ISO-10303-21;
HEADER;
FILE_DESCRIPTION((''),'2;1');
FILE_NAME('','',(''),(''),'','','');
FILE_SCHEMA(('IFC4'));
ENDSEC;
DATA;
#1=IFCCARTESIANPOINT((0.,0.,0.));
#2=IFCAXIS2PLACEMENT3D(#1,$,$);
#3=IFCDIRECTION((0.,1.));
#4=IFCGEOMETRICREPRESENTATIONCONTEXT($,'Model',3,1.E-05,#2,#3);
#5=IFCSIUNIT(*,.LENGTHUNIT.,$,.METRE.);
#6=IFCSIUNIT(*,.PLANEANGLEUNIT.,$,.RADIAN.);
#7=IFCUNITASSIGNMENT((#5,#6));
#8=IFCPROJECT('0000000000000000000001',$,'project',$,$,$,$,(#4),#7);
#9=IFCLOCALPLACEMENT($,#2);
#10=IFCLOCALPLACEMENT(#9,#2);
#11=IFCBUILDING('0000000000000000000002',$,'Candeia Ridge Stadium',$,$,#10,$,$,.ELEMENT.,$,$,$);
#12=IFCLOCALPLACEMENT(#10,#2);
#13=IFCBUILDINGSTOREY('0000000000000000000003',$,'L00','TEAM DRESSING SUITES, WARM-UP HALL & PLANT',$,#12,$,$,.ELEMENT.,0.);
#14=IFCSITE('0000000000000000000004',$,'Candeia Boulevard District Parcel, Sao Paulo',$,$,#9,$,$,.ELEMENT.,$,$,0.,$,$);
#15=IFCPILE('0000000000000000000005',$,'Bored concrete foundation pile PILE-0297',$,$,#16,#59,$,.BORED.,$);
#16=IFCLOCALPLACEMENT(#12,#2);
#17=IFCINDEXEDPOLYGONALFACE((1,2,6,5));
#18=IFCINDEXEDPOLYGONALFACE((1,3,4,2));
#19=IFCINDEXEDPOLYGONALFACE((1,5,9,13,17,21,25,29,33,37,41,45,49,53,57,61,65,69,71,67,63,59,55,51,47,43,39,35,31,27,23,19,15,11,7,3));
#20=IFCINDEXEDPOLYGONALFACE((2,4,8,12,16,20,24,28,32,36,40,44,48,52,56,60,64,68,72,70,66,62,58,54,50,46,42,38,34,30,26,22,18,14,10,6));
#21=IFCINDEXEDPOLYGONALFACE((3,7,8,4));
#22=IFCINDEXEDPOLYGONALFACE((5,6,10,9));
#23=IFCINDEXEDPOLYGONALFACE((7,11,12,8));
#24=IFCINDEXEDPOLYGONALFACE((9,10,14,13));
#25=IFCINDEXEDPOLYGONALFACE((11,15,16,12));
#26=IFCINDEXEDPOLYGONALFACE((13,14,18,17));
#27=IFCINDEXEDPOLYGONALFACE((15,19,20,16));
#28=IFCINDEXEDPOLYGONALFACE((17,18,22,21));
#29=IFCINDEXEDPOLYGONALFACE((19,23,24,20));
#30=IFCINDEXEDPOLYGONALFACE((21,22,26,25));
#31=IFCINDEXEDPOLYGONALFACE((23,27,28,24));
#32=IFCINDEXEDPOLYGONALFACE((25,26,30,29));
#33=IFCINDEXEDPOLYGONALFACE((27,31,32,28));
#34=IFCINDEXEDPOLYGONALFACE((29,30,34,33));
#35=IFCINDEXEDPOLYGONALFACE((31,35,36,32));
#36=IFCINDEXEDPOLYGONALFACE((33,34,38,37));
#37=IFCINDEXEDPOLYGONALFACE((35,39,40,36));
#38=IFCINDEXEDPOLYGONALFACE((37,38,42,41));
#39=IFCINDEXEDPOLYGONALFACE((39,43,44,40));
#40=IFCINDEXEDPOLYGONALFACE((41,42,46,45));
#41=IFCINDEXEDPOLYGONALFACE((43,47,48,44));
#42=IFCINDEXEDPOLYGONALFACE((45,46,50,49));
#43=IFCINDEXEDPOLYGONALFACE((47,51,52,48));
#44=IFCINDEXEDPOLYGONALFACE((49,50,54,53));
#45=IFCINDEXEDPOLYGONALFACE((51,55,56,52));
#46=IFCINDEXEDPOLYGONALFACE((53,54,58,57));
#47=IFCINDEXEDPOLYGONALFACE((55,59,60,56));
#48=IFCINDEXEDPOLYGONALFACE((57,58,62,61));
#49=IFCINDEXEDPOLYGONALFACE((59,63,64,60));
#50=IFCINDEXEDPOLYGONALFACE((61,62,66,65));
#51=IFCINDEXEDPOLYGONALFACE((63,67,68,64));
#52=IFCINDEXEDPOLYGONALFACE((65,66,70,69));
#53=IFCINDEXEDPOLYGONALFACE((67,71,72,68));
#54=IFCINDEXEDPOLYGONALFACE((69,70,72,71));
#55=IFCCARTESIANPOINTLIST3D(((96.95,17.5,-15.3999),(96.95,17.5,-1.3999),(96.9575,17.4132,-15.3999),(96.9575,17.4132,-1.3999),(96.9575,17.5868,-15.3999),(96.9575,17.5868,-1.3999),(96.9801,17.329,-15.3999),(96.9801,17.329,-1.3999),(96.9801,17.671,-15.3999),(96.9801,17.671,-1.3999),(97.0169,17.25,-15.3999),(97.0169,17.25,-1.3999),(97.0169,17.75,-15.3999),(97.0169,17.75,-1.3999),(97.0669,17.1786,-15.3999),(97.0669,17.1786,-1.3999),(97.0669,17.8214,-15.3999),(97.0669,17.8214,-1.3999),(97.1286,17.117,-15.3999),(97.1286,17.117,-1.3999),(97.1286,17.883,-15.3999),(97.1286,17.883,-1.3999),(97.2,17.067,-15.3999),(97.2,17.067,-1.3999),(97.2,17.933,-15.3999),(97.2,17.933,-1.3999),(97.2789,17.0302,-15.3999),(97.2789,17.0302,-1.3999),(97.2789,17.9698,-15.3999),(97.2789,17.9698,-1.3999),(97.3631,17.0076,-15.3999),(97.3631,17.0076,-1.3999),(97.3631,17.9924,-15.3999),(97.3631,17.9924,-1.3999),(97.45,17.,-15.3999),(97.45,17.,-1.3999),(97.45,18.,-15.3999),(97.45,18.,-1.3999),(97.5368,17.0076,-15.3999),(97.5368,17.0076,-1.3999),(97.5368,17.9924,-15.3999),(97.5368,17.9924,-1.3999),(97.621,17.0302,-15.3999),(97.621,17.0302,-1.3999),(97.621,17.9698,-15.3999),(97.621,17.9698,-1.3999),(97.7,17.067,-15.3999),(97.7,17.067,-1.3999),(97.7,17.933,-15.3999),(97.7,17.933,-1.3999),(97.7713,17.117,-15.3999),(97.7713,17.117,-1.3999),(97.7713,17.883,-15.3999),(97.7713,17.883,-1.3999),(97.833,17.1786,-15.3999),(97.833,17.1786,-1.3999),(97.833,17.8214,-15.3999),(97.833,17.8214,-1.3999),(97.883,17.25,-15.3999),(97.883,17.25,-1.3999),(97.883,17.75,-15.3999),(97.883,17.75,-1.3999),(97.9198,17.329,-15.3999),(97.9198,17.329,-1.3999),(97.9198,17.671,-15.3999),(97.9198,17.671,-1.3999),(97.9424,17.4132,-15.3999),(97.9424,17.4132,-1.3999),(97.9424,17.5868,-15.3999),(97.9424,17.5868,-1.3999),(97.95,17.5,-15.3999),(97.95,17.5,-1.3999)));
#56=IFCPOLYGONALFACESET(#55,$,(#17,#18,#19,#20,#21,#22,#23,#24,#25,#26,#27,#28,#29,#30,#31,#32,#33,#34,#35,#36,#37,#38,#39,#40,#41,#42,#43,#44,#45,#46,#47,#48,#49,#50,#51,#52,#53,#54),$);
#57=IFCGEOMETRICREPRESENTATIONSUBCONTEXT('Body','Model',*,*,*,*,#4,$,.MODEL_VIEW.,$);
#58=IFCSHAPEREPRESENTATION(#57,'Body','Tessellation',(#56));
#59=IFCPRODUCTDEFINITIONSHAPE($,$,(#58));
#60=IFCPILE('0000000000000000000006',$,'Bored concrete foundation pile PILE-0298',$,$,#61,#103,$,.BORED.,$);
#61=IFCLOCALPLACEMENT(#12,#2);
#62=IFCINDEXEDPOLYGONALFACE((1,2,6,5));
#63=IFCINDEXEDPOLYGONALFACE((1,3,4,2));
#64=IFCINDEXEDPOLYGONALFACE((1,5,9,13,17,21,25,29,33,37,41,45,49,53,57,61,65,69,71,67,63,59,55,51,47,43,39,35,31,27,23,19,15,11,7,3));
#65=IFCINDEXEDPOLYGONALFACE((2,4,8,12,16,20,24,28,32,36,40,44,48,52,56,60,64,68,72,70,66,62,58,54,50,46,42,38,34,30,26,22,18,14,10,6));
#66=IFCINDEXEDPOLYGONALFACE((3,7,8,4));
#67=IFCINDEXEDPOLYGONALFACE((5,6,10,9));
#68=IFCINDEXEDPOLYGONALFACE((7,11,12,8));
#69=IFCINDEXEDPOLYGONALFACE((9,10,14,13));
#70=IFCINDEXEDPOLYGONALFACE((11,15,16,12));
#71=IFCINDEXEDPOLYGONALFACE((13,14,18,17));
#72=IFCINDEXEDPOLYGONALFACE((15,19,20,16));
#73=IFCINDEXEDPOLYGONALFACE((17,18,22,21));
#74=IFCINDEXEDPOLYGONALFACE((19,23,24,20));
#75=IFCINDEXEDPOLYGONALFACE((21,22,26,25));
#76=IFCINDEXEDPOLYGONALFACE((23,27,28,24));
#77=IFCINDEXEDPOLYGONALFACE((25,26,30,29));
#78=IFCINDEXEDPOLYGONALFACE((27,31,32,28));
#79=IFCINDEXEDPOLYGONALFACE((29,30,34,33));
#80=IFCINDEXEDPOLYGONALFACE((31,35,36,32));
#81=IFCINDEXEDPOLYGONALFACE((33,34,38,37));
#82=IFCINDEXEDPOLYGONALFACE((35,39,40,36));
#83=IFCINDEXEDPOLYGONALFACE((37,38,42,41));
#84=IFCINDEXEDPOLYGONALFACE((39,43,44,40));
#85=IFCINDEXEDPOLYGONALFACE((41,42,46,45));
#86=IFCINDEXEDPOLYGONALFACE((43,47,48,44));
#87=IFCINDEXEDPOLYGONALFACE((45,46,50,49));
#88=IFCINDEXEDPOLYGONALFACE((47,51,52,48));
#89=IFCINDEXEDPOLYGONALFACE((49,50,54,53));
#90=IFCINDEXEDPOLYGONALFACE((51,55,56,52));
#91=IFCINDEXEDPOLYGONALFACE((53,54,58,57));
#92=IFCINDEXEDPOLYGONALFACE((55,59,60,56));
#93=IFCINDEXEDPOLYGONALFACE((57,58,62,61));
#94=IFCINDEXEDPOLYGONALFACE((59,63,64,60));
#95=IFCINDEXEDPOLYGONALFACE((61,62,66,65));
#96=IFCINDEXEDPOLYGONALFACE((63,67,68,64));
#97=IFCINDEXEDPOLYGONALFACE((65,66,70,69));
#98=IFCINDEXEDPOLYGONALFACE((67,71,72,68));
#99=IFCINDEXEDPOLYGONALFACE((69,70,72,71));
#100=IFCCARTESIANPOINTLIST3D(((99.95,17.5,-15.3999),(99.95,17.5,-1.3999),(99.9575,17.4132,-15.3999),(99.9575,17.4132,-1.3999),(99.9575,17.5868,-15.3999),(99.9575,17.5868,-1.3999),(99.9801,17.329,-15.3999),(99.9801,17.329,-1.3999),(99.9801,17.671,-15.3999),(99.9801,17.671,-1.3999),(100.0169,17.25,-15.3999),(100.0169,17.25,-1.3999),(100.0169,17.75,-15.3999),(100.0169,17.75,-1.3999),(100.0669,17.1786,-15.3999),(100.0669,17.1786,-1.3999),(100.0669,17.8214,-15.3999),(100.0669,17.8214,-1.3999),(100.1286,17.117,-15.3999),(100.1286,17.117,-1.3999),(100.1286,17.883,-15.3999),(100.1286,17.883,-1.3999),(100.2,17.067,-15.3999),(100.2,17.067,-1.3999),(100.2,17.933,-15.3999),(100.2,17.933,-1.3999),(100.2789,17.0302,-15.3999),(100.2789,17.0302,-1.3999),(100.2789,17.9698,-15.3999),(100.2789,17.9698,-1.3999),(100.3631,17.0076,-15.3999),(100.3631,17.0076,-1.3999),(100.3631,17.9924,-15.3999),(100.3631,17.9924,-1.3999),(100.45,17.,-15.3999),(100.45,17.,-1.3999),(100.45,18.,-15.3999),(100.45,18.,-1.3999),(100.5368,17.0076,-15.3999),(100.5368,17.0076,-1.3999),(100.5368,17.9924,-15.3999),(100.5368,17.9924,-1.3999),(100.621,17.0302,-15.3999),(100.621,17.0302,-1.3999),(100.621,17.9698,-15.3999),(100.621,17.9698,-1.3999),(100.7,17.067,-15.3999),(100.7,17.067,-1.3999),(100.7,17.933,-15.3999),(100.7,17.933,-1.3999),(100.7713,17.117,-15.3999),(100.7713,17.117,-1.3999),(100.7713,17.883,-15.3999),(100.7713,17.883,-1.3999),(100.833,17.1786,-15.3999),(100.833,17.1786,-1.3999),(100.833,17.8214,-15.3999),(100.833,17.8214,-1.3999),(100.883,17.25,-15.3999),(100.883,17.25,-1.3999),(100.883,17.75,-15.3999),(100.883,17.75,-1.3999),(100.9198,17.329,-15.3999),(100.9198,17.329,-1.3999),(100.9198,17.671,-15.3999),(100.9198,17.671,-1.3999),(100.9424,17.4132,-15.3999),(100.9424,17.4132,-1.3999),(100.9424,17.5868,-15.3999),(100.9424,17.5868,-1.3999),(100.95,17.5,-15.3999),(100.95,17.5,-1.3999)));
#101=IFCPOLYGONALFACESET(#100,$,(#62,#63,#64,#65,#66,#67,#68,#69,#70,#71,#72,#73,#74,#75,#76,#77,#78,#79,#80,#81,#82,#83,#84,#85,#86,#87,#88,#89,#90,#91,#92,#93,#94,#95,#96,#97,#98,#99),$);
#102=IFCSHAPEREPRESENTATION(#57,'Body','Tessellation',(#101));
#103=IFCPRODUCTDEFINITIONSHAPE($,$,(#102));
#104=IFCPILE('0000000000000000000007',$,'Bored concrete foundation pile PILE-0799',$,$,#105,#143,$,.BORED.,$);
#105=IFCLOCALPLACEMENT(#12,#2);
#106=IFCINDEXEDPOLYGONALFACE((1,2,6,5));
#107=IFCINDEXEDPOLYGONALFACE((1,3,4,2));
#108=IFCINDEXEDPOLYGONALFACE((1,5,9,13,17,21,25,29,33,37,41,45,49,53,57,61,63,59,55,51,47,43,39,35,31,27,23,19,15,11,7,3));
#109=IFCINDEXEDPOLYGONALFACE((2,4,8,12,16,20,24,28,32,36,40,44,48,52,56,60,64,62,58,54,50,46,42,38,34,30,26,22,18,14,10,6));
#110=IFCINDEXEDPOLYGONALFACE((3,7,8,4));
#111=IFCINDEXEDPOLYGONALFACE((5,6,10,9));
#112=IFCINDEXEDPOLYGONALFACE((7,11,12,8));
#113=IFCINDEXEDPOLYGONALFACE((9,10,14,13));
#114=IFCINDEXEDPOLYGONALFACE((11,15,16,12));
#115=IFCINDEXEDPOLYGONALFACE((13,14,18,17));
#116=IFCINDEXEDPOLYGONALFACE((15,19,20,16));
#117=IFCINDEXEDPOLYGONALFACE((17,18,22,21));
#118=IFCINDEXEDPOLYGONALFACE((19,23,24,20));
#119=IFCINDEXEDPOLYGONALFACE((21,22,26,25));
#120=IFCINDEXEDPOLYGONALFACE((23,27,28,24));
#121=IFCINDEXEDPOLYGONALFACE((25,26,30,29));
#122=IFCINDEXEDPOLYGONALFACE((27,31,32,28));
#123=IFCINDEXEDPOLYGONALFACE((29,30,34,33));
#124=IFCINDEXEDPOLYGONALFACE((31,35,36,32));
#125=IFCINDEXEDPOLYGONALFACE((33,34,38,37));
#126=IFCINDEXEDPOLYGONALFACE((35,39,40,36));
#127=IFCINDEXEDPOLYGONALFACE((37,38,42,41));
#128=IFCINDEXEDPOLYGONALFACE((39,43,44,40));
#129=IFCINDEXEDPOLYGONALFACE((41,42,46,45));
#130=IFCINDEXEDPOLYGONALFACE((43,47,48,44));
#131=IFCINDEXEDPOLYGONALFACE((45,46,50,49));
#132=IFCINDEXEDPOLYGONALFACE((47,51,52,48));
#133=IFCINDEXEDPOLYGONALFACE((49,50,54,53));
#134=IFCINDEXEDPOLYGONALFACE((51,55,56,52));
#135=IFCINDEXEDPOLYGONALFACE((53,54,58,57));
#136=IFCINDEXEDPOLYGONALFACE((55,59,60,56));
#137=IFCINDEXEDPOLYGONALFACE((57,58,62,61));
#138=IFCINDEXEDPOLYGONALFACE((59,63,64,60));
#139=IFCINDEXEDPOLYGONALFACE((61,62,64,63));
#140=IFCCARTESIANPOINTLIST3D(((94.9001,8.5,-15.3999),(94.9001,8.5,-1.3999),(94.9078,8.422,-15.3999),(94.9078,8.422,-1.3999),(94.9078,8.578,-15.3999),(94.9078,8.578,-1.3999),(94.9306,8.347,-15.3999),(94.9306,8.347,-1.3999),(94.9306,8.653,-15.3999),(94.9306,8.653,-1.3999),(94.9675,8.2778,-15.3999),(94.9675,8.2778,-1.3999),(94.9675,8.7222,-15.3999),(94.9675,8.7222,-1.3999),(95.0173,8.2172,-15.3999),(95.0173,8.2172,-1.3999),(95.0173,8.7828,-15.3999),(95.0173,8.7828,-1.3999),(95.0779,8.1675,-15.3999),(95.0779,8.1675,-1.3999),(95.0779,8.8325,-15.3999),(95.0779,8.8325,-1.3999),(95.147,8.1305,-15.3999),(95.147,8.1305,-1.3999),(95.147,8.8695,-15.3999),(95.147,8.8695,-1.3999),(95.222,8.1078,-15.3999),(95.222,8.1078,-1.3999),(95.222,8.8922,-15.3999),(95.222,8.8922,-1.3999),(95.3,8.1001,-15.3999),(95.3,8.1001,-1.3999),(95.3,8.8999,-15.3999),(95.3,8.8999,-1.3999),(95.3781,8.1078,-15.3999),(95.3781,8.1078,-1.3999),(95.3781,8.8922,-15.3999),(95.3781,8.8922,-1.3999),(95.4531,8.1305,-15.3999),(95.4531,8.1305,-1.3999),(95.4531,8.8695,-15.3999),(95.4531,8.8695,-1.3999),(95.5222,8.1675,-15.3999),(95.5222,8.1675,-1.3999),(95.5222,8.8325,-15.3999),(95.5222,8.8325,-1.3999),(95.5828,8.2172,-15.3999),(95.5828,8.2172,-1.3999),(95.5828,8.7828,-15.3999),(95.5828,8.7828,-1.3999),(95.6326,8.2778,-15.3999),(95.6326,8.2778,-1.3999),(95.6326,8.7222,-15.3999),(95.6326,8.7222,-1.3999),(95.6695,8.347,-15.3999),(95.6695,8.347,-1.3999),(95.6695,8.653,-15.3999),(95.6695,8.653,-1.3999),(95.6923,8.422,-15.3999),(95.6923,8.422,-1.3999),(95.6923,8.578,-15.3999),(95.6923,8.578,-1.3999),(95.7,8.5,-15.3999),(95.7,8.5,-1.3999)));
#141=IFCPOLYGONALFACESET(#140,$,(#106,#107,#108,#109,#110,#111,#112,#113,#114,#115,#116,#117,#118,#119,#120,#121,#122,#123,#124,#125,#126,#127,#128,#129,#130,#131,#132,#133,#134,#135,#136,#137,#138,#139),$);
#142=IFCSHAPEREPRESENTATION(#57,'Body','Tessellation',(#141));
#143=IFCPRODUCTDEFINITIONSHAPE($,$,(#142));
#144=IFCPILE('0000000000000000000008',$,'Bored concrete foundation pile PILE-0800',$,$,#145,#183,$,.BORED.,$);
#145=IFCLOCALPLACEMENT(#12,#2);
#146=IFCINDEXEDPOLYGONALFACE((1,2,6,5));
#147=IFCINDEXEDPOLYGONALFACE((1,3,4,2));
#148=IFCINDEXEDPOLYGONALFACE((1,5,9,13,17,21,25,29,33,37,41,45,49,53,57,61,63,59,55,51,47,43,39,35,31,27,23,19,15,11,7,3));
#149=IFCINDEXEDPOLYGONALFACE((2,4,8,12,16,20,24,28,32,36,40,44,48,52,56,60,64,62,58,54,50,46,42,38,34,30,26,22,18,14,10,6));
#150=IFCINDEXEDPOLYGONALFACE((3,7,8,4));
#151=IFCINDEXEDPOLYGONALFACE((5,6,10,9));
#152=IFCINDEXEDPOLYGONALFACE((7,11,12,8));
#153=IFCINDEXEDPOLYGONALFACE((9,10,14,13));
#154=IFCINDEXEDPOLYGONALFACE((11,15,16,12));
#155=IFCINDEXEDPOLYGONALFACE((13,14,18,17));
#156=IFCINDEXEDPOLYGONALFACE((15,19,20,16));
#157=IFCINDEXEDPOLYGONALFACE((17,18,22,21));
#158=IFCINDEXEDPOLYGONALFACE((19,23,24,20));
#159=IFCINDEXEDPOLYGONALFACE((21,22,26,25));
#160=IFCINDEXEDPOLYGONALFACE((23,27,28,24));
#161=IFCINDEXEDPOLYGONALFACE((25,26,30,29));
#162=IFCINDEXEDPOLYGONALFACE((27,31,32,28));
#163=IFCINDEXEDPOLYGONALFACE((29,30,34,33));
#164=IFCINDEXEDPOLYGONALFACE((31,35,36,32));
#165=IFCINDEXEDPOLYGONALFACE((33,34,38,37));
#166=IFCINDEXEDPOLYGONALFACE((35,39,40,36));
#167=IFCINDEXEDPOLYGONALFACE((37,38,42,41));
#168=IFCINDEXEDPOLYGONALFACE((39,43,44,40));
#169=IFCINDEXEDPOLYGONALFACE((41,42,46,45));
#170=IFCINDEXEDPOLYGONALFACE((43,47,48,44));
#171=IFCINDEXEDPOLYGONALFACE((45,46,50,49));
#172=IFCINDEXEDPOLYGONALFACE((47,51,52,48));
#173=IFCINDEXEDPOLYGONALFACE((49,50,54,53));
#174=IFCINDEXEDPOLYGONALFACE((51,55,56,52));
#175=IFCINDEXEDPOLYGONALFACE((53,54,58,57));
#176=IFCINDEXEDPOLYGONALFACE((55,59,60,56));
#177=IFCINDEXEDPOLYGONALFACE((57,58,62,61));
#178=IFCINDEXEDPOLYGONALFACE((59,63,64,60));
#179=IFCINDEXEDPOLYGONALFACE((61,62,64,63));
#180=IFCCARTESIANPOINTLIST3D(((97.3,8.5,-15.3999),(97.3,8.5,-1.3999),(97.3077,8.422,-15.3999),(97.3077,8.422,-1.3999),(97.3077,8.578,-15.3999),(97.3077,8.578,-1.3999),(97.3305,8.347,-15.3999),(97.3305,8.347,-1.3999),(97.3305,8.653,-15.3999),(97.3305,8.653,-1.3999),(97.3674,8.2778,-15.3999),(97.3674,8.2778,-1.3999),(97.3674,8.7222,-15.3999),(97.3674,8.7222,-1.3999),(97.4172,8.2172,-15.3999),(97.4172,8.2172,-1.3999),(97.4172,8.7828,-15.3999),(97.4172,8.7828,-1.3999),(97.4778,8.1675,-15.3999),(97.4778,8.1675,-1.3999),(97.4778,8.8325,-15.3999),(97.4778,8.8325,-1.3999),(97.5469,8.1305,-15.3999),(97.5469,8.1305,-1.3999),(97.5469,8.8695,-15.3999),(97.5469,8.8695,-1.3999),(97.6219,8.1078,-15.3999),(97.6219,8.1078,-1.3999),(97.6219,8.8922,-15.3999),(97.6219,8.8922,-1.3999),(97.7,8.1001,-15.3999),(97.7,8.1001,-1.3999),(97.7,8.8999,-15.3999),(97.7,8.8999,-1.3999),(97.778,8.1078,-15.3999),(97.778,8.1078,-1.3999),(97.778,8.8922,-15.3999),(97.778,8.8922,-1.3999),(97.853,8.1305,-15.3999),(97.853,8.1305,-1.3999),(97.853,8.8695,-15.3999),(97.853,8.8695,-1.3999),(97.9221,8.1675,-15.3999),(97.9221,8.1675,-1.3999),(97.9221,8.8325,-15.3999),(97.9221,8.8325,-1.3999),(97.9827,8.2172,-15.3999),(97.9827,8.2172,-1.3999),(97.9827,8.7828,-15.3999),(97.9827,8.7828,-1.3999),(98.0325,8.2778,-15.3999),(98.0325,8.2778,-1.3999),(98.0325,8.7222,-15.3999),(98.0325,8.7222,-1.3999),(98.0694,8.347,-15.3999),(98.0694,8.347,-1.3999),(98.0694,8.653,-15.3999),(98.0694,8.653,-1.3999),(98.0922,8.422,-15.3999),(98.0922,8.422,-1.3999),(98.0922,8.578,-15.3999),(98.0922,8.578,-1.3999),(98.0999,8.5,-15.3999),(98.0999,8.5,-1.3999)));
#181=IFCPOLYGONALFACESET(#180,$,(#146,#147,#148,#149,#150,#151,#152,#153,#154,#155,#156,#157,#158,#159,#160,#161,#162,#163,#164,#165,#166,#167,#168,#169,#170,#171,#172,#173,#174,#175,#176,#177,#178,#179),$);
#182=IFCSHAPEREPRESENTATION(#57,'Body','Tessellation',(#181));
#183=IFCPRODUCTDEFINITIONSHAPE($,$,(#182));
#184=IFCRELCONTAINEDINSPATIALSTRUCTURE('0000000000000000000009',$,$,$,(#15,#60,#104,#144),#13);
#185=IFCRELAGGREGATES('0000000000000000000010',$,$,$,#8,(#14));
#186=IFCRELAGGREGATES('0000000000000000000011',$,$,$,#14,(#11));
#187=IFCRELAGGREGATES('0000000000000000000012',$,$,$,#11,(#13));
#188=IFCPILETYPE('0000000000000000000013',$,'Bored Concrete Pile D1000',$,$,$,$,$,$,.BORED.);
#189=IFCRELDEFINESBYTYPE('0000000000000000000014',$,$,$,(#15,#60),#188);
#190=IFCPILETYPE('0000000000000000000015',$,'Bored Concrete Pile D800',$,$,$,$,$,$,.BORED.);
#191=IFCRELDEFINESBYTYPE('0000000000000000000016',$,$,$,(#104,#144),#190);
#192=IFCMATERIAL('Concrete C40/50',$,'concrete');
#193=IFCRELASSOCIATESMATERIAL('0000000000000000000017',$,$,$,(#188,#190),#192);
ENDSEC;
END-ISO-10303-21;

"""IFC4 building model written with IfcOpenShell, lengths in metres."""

from ifc_helpers import new_model, si_unit, direction, frame, origin, origin_2d, place, context, subcontext, project, spatial, circle, extrude, material, material_profile, profile_set, type_object, element, save


model = new_model("IFC4")

# Units and contexts
model_context = context("Model", 3, precision=1e-05, world=origin(), true_north=direction((0.0, 1.0)))
body_context = subcontext(model_context, "Body", "Model", "MODEL_VIEW")
ifc_project = project(units=[si_unit("LENGTHUNIT", "METRE"), si_unit("PLANEANGLEUNIT", "RADIAN")], contexts=[model_context])

# Site, building, storey
site_placement = place(None, origin())
site = spatial("IfcSite", under=ifc_project, at=site_placement, Name="Candeia Boulevard District Parcel, Sao Paulo", CompositionType="ELEMENT", RefElevation=0.0)
building_placement = place(site_placement, origin())
building = spatial("IfcBuilding", under=site, at=building_placement, Name="Candeia Ridge Stadium", CompositionType="ELEMENT")
storey_placement = place(building_placement, origin())
storey = spatial("IfcBuildingStorey", under=building, at=storey_placement, Name="L00", Description="TEAM DRESSING SUITES, WARM-UP HALL & PLANT", CompositionType="ELEMENT", Elevation=0.0)

# Piles
ifc_material_1 = material(Name="Concrete C40/50", Category="concrete")
ifc_material_profile_1 = material_profile(ifc_material_1, circle(Radius=0.5, at=origin_2d()), Name="PILE-D1000", Category="concrete")
ifc_profile_set_1 = profile_set([ifc_material_profile_1], Name="Concrete C40/50")
pile_type_1 = type_object("IfcPileType", Name="Bored Concrete Pile D1000", PredefinedType="BORED", material=ifc_profile_set_1)
for number, where, z_axis, x_axis, name in (
    (1, (97.45, 17.5, -1.3999), (0.0, 0.0, -1.0), (1.0, 0.0, 0.0), "Bored concrete foundation pile PILE-0297"),
    (2, (100.45, 17.5, -1.3999), (0.0, 0.0, -1.0), (1.0, 0.0, 0.0), "Bored concrete foundation pile PILE-0298"),
):
    element("IfcPile", number, at=place(storey_placement, frame(where, z_axis=z_axis, x_axis=x_axis)), inside=storey, type_object=pile_type_1, Name=name, PredefinedType="BORED", context=body_context, shape_type="SweptSolid", body=[
        extrude(circle(Radius=0.5, at=origin_2d()), origin(), (0.0, 0.0, 1.0), 14.0),
    ])
ifc_material_profile_2 = material_profile(ifc_material_1, circle(Radius=0.3999, at=origin_2d()), Name="PILE-D800", Category="concrete")
ifc_profile_set_2 = profile_set([ifc_material_profile_2], Name="Concrete C40/50")
pile_type_2 = type_object("IfcPileType", Name="Bored Concrete Pile D800", PredefinedType="BORED", material=ifc_profile_set_2)
for number, where, z_axis, x_axis, name in (
    (3, (95.3, 8.5, -1.3999), (0.0, 0.0, -1.0), (1.0, 0.0, 0.0), "Bored concrete foundation pile PILE-0799"),
    (4, (97.7, 8.5, -1.3999), (0.0, 0.0, -1.0), (1.0, 0.0, 0.0), "Bored concrete foundation pile PILE-0800"),
):
    element("IfcPile", number, at=place(storey_placement, frame(where, z_axis=z_axis, x_axis=x_axis)), inside=storey, type_object=pile_type_2, Name=name, PredefinedType="BORED", context=body_context, shape_type="SweptSolid", body=[
        extrude(circle(Radius=0.3999, at=origin_2d()), origin(), (0.0, 0.0, 1.0), 14.0),
    ])

save(model, "model.ifc")
